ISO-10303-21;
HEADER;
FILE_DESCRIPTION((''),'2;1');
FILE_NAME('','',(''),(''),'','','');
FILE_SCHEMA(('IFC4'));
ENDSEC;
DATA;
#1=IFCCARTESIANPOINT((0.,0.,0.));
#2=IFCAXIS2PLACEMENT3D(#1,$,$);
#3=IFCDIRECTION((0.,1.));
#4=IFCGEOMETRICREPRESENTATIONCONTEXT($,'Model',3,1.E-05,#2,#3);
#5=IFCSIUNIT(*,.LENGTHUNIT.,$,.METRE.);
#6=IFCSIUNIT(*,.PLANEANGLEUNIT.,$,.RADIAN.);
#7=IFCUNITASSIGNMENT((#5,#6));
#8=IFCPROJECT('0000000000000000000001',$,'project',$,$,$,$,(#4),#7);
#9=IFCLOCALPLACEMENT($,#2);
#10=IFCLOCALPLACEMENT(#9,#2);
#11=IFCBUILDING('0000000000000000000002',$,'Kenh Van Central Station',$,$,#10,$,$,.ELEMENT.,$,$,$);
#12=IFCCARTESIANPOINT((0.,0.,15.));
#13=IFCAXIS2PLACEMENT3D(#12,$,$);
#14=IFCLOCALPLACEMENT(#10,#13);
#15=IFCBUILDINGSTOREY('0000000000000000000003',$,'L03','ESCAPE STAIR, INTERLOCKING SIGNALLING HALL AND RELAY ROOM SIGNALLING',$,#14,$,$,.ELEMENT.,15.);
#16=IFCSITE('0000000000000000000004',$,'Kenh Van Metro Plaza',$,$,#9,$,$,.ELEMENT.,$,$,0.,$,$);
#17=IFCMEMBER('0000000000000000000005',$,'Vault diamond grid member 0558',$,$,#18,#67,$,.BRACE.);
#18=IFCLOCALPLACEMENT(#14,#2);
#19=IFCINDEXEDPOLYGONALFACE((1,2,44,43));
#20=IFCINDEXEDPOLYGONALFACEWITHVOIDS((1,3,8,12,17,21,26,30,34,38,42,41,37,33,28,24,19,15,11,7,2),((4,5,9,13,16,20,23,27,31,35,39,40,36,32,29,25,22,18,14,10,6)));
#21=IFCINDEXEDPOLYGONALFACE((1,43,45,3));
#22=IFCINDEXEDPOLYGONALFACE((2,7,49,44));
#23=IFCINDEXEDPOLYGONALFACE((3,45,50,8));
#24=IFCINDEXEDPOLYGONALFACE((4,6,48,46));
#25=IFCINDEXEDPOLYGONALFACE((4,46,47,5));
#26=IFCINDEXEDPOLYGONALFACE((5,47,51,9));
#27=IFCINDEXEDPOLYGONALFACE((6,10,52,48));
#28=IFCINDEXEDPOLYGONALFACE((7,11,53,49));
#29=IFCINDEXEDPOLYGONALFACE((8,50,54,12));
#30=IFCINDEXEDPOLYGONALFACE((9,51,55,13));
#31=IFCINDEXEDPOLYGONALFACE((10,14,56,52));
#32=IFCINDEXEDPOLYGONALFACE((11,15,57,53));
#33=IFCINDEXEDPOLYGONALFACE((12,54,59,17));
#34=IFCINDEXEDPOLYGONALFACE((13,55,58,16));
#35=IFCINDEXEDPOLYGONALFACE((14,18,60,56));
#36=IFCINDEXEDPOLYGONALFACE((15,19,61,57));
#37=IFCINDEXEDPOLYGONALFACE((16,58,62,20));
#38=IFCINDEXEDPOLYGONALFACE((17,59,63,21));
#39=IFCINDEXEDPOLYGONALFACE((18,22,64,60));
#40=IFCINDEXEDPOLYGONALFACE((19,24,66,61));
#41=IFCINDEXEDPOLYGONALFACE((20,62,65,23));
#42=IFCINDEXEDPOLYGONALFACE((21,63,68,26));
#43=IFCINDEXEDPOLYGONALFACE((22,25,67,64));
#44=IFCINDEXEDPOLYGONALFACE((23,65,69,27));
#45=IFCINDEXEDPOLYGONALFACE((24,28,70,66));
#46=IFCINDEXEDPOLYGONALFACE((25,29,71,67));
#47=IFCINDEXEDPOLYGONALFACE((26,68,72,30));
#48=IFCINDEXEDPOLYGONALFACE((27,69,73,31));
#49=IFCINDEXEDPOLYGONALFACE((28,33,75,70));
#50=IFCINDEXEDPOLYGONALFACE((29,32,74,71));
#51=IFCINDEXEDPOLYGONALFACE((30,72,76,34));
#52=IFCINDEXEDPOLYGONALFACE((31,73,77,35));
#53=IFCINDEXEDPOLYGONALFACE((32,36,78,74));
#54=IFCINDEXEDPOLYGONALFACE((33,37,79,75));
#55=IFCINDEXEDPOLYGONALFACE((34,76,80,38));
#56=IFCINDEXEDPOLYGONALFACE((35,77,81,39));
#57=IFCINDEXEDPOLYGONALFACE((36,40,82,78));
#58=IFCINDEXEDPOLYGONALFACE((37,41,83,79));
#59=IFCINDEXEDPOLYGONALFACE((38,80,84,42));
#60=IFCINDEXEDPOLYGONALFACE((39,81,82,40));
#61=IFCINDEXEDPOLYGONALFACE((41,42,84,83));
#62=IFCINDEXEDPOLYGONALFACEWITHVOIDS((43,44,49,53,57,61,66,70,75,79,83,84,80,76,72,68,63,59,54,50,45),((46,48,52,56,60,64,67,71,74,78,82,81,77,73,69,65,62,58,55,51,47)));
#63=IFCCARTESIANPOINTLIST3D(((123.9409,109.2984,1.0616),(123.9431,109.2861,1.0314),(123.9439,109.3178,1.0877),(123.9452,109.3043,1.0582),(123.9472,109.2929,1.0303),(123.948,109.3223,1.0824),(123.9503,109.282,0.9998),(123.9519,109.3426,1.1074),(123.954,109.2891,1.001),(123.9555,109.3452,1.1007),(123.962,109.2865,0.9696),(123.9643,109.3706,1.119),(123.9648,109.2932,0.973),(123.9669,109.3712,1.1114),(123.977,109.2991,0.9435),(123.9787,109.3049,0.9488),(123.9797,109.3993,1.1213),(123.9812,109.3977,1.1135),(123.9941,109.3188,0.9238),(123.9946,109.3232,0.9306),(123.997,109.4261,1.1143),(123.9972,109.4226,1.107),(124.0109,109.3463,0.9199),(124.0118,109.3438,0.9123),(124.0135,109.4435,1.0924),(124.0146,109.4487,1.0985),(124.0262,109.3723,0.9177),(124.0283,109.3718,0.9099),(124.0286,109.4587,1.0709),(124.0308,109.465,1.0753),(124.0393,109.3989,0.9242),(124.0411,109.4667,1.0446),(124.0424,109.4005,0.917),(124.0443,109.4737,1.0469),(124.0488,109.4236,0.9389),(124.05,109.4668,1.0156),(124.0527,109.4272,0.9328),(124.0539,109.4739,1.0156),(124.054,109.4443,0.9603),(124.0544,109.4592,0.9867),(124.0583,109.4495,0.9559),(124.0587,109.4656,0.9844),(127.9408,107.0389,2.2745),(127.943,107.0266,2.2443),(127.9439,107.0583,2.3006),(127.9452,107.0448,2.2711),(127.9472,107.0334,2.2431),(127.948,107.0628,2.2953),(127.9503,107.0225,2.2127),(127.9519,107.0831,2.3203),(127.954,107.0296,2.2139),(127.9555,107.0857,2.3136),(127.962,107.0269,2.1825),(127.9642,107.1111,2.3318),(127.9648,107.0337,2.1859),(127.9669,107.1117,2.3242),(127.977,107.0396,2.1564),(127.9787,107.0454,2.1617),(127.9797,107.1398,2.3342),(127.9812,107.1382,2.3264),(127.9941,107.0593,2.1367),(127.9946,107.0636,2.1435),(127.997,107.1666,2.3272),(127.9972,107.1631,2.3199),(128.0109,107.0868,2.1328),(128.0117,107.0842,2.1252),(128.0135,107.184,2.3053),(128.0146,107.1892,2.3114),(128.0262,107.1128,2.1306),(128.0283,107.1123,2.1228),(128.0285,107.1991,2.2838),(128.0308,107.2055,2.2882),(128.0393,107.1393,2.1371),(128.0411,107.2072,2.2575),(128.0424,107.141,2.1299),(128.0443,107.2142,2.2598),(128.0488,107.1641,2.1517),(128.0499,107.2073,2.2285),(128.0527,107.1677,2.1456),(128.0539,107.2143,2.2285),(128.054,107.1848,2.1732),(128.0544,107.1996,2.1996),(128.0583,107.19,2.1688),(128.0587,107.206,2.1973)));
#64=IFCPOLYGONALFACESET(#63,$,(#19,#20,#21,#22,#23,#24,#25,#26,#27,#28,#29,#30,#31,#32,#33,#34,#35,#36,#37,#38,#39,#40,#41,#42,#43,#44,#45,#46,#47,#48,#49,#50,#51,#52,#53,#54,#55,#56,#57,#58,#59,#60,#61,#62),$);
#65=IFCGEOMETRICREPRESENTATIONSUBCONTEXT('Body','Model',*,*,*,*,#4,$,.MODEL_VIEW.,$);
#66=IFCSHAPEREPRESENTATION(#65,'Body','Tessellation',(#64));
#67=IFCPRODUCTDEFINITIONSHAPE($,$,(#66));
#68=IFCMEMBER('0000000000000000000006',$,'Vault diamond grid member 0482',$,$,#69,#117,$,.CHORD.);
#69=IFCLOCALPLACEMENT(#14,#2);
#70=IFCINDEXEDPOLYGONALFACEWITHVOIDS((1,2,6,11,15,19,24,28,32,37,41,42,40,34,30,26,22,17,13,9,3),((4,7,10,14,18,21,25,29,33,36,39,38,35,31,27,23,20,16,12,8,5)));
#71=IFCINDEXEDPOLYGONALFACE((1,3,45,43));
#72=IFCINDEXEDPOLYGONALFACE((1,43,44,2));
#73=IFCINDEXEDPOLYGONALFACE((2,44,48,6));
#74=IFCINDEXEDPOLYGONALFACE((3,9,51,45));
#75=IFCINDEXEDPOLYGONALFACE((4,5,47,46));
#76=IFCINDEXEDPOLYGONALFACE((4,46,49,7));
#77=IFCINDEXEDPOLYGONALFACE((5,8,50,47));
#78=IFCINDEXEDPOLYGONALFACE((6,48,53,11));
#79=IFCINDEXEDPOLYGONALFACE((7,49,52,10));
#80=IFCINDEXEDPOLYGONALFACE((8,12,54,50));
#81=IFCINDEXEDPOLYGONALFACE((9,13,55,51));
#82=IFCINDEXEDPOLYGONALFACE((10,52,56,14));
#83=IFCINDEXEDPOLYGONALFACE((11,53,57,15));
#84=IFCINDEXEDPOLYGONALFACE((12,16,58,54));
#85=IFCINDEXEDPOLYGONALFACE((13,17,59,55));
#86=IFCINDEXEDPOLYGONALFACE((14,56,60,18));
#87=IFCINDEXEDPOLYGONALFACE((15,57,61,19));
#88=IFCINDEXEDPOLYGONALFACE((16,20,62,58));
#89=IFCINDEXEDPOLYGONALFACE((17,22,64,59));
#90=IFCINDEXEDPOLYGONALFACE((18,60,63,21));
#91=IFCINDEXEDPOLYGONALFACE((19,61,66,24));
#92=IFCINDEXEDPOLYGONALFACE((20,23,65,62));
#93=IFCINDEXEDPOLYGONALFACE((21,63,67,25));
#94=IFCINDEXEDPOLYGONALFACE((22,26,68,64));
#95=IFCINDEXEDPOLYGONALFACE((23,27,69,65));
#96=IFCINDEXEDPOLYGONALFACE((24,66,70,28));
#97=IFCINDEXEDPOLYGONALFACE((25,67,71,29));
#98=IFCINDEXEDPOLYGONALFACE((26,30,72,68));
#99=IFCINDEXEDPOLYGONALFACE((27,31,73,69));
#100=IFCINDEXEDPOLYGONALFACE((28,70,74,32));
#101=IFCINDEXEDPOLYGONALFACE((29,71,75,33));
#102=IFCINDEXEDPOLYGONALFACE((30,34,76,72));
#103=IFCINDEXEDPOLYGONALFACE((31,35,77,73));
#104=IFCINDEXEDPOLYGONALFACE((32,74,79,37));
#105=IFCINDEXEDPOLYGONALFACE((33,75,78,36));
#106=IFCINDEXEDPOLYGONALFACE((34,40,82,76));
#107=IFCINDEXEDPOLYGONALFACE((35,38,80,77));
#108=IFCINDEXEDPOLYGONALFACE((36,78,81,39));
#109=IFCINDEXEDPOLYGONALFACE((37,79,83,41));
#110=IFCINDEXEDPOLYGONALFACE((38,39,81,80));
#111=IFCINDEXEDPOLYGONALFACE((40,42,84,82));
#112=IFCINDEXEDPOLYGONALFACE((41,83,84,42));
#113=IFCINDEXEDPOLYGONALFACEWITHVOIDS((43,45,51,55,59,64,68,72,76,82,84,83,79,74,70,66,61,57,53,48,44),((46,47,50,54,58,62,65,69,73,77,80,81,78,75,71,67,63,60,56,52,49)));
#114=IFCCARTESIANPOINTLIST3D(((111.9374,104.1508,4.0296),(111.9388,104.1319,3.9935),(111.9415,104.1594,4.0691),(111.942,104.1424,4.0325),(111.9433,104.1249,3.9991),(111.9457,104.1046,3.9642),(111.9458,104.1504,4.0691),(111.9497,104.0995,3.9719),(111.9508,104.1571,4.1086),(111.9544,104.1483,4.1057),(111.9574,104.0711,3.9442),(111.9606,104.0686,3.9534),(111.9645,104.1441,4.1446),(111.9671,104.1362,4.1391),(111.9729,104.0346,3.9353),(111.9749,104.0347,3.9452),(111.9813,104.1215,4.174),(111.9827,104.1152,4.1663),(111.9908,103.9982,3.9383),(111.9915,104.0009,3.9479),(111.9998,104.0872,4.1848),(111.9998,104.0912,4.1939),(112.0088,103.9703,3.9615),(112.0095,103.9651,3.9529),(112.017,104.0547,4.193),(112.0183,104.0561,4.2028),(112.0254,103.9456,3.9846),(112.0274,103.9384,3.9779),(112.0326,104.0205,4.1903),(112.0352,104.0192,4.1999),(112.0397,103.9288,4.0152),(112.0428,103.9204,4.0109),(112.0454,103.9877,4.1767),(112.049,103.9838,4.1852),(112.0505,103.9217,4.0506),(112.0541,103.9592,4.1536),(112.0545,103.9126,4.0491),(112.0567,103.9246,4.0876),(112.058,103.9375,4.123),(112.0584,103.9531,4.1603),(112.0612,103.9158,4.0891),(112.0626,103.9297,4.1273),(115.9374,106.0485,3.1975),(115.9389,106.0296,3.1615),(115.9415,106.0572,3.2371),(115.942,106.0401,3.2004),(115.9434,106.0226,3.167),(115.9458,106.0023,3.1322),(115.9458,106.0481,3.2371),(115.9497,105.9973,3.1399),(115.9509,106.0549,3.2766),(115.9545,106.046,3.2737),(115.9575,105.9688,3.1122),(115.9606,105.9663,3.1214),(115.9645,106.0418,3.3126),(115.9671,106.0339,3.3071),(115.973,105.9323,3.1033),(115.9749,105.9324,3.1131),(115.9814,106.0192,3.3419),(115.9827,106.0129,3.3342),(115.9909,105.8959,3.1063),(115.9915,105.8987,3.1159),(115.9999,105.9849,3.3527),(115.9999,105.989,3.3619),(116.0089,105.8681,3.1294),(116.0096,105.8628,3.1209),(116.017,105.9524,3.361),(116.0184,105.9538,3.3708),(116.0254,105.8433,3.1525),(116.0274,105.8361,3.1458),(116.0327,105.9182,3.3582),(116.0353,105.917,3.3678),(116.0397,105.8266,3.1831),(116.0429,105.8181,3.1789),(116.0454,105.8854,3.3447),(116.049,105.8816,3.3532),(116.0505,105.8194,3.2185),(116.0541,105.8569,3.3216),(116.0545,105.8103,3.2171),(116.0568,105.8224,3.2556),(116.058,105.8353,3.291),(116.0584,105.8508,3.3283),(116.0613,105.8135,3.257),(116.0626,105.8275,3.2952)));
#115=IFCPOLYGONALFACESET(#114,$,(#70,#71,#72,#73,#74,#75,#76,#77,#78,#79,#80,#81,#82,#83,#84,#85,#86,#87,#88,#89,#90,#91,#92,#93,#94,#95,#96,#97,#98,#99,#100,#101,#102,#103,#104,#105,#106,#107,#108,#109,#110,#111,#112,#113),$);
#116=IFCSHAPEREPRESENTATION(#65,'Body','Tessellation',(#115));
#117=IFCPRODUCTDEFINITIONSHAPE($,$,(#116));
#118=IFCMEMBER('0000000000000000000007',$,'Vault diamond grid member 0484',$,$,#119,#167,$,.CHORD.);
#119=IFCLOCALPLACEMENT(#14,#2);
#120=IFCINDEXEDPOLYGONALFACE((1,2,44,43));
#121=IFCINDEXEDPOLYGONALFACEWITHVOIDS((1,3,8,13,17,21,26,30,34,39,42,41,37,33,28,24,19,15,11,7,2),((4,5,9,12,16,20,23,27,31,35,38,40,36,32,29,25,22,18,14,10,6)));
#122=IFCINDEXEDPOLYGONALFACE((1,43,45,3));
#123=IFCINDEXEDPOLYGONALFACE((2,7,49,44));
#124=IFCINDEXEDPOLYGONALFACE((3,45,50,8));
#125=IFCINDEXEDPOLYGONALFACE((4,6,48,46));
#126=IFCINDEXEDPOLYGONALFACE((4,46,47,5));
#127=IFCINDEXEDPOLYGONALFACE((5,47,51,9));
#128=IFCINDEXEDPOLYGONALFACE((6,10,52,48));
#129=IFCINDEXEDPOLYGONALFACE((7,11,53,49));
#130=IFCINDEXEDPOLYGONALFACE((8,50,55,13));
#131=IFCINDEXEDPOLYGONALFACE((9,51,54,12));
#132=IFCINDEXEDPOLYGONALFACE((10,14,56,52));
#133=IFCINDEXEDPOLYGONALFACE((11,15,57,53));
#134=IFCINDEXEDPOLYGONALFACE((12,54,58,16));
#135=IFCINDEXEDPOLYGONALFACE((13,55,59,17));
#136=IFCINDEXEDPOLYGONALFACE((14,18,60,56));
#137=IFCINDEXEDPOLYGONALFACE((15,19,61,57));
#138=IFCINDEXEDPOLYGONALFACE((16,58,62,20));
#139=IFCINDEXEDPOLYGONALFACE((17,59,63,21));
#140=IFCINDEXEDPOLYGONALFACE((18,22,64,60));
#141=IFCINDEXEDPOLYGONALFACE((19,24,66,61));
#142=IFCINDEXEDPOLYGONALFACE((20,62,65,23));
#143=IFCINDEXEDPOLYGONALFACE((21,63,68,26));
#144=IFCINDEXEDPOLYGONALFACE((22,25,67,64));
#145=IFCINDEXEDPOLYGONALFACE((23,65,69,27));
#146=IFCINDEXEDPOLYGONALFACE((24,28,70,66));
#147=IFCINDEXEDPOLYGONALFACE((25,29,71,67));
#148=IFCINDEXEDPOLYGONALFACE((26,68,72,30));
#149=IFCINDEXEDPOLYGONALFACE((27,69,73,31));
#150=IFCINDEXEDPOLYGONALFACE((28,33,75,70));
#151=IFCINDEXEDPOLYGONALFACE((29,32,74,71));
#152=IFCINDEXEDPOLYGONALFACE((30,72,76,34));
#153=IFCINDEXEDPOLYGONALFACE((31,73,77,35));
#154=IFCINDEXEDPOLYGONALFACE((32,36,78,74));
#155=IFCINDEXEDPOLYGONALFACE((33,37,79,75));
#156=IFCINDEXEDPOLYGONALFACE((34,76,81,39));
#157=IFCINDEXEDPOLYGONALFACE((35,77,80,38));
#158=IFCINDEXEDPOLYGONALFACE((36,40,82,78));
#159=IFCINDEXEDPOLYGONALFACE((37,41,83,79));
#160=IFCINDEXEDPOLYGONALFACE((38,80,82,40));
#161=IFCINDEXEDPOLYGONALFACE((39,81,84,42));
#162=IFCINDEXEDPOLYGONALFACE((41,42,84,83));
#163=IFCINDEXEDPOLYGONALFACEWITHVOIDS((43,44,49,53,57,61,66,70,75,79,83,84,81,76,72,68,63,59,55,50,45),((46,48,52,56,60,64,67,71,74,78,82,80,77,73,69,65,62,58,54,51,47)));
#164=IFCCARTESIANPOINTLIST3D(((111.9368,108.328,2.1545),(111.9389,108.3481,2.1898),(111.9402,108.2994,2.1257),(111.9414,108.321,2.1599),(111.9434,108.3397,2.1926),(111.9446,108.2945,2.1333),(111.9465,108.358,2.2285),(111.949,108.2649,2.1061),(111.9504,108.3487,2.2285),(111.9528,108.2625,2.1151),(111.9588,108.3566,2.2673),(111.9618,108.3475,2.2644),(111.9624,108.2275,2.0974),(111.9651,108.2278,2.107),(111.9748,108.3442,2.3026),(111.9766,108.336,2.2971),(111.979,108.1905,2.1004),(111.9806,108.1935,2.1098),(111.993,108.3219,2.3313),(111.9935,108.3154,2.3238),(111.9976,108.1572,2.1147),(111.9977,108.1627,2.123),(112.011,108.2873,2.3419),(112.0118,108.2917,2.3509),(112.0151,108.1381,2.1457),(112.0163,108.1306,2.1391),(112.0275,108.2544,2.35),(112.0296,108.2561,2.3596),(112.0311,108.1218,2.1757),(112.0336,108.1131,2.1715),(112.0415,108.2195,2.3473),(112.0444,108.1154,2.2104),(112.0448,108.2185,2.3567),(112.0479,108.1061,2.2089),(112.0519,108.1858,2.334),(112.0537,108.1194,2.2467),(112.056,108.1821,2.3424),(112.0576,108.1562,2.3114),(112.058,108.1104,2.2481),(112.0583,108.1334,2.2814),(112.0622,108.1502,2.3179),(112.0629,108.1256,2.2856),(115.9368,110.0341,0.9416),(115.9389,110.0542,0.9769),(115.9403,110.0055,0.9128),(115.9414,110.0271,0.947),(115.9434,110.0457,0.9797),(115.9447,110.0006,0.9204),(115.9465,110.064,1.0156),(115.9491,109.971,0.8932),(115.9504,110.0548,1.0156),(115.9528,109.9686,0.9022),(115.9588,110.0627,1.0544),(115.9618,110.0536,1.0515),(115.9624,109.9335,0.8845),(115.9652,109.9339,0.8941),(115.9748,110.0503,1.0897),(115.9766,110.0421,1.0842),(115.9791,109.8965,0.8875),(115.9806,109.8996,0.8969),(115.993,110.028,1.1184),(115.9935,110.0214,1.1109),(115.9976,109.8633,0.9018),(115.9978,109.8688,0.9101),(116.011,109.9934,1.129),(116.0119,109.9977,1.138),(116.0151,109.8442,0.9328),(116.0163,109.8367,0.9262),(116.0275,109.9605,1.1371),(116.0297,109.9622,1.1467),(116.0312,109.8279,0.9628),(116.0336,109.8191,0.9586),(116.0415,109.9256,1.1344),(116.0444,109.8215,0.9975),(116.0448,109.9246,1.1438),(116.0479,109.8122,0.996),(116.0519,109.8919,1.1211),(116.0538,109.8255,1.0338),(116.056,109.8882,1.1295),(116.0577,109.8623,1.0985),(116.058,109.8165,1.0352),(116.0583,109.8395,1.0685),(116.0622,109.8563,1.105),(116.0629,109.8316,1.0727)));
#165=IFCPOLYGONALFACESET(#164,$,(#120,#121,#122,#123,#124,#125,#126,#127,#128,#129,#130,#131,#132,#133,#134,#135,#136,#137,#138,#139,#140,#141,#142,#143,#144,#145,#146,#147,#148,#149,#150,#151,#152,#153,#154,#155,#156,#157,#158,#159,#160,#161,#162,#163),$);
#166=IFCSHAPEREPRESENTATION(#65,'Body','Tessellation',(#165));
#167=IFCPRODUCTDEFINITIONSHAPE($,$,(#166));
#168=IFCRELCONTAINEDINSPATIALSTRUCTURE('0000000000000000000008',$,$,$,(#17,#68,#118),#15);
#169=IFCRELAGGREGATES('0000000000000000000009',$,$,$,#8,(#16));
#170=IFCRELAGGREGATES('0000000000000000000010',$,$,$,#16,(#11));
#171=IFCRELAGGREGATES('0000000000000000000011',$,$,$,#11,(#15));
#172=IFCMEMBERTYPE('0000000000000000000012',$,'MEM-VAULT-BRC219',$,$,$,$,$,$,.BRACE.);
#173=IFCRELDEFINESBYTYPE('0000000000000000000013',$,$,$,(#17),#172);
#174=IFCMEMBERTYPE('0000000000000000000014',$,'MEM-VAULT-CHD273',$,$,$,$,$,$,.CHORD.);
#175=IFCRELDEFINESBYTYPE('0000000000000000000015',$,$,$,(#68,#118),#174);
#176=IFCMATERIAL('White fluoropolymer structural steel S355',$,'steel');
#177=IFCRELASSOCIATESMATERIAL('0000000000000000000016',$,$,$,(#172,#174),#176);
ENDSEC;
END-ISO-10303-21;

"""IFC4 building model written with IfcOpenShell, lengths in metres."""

from ifc_helpers import new_model, si_unit, direction, frame, origin, origin_2d, place, context, subcontext, project, spatial, hollow_circle, extrude, material, material_profile, profile_set, type_object, element, save


model = new_model("IFC4")

# Units and contexts
model_context = context("Model", 3, precision=1e-05, world=origin(), true_north=direction((0.0, 1.0)))
body_context = subcontext(model_context, "Body", "Model", "MODEL_VIEW")
ifc_project = project(units=[si_unit("LENGTHUNIT", "METRE"), si_unit("PLANEANGLEUNIT", "RADIAN")], contexts=[model_context])

# Site, building, storey
site_placement = place(None, origin())
site = spatial("IfcSite", under=ifc_project, at=site_placement, Name="Kenh Van Metro Plaza", CompositionType="ELEMENT", RefElevation=0.0)
building_placement = place(site_placement, origin())
building = spatial("IfcBuilding", under=site, at=building_placement, Name="Kenh Van Central Station", CompositionType="ELEMENT")
storey_placement = place(building_placement, frame((0.0, 0.0, 15.0)))
storey = spatial("IfcBuildingStorey", under=building, at=storey_placement, Name="L03", Description="ESCAPE STAIR, INTERLOCKING SIGNALLING HALL AND RELAY ROOM SIGNALLING", CompositionType="ELEMENT", Elevation=15.0)

# Shared definitions
ifc_material_1 = material(Name="White fluoropolymer structural steel S355", Category="steel")

# Members
ifc_material_profile_1 = material_profile(ifc_material_1, hollow_circle(Radius=0.1096, WallThickness=0.0081, at=origin_2d()), Name="CHS 219.1x8")
ifc_profile_set_1 = profile_set([ifc_material_profile_1], Name="White fluoropolymer structural steel S355")
member_type_1 = type_object("IfcMemberType", Name="MEM-VAULT-BRC219", PredefinedType="BRACE", material=ifc_profile_set_1)
member_1_placement = place(storey_placement, frame((124.0, 109.3784, 1.0156), z_axis=(0.841843, -0.475541, 0.255266), x_axis=(0.491835, 0.870689, 0.0)))
element("IfcMember", 1, at=member_1_placement, inside=storey, type_object=member_type_1, Name="Vault diamond grid member 0558", PredefinedType="BRACE", context=body_context, shape_type="SweptSolid", body=[
    extrude(hollow_circle(Radius=0.1096, WallThickness=0.0081, at=origin_2d()), origin(), (0.0, 0.0, 1.0), 4.7515),
])
ifc_material_profile_2 = material_profile(ifc_material_1, hollow_circle(Radius=0.1365, WallThickness=0.01, at=origin_2d()), Name="CHS 273x10")
ifc_profile_set_2 = profile_set([ifc_material_profile_2], Name="White fluoropolymer structural steel S355")
member_type_2 = type_object("IfcMemberType", Name="MEM-VAULT-CHD273", PredefinedType="CHORD", material=ifc_profile_set_2)
member_2_placement = place(storey_placement, frame((112.0, 104.0361, 4.0691), z_axis=(0.887934, 0.421259, -0.184697), x_axis=(-0.428634, 0.903478, 0.0)))
element("IfcMember", 2, at=member_2_placement, inside=storey, type_object=member_type_2, Name="Vault diamond grid member 0482", PredefinedType="CHORD", context=body_context, shape_type="SweptSolid", body=[
    extrude(hollow_circle(Radius=0.1365, WallThickness=0.01, at=origin_2d()), origin(), (0.0, 0.0, 1.0), 4.5049),
])
member_3_placement = place(storey_placement, frame((112.0, 108.2324, 2.2285), z_axis=(0.886012, 0.377896, -0.268659), x_axis=(-0.39232, 0.919829, 0.0)))
element("IfcMember", 3, at=member_3_placement, inside=storey, type_object=member_type_2, Name="Vault diamond grid member 0484", PredefinedType="CHORD", context=body_context, shape_type="SweptSolid", body=[
    extrude(hollow_circle(Radius=0.1365, WallThickness=0.01, at=origin_2d()), origin(), (0.0, 0.0, 1.0), 4.5146),
])

save(model, "model.ifc")
